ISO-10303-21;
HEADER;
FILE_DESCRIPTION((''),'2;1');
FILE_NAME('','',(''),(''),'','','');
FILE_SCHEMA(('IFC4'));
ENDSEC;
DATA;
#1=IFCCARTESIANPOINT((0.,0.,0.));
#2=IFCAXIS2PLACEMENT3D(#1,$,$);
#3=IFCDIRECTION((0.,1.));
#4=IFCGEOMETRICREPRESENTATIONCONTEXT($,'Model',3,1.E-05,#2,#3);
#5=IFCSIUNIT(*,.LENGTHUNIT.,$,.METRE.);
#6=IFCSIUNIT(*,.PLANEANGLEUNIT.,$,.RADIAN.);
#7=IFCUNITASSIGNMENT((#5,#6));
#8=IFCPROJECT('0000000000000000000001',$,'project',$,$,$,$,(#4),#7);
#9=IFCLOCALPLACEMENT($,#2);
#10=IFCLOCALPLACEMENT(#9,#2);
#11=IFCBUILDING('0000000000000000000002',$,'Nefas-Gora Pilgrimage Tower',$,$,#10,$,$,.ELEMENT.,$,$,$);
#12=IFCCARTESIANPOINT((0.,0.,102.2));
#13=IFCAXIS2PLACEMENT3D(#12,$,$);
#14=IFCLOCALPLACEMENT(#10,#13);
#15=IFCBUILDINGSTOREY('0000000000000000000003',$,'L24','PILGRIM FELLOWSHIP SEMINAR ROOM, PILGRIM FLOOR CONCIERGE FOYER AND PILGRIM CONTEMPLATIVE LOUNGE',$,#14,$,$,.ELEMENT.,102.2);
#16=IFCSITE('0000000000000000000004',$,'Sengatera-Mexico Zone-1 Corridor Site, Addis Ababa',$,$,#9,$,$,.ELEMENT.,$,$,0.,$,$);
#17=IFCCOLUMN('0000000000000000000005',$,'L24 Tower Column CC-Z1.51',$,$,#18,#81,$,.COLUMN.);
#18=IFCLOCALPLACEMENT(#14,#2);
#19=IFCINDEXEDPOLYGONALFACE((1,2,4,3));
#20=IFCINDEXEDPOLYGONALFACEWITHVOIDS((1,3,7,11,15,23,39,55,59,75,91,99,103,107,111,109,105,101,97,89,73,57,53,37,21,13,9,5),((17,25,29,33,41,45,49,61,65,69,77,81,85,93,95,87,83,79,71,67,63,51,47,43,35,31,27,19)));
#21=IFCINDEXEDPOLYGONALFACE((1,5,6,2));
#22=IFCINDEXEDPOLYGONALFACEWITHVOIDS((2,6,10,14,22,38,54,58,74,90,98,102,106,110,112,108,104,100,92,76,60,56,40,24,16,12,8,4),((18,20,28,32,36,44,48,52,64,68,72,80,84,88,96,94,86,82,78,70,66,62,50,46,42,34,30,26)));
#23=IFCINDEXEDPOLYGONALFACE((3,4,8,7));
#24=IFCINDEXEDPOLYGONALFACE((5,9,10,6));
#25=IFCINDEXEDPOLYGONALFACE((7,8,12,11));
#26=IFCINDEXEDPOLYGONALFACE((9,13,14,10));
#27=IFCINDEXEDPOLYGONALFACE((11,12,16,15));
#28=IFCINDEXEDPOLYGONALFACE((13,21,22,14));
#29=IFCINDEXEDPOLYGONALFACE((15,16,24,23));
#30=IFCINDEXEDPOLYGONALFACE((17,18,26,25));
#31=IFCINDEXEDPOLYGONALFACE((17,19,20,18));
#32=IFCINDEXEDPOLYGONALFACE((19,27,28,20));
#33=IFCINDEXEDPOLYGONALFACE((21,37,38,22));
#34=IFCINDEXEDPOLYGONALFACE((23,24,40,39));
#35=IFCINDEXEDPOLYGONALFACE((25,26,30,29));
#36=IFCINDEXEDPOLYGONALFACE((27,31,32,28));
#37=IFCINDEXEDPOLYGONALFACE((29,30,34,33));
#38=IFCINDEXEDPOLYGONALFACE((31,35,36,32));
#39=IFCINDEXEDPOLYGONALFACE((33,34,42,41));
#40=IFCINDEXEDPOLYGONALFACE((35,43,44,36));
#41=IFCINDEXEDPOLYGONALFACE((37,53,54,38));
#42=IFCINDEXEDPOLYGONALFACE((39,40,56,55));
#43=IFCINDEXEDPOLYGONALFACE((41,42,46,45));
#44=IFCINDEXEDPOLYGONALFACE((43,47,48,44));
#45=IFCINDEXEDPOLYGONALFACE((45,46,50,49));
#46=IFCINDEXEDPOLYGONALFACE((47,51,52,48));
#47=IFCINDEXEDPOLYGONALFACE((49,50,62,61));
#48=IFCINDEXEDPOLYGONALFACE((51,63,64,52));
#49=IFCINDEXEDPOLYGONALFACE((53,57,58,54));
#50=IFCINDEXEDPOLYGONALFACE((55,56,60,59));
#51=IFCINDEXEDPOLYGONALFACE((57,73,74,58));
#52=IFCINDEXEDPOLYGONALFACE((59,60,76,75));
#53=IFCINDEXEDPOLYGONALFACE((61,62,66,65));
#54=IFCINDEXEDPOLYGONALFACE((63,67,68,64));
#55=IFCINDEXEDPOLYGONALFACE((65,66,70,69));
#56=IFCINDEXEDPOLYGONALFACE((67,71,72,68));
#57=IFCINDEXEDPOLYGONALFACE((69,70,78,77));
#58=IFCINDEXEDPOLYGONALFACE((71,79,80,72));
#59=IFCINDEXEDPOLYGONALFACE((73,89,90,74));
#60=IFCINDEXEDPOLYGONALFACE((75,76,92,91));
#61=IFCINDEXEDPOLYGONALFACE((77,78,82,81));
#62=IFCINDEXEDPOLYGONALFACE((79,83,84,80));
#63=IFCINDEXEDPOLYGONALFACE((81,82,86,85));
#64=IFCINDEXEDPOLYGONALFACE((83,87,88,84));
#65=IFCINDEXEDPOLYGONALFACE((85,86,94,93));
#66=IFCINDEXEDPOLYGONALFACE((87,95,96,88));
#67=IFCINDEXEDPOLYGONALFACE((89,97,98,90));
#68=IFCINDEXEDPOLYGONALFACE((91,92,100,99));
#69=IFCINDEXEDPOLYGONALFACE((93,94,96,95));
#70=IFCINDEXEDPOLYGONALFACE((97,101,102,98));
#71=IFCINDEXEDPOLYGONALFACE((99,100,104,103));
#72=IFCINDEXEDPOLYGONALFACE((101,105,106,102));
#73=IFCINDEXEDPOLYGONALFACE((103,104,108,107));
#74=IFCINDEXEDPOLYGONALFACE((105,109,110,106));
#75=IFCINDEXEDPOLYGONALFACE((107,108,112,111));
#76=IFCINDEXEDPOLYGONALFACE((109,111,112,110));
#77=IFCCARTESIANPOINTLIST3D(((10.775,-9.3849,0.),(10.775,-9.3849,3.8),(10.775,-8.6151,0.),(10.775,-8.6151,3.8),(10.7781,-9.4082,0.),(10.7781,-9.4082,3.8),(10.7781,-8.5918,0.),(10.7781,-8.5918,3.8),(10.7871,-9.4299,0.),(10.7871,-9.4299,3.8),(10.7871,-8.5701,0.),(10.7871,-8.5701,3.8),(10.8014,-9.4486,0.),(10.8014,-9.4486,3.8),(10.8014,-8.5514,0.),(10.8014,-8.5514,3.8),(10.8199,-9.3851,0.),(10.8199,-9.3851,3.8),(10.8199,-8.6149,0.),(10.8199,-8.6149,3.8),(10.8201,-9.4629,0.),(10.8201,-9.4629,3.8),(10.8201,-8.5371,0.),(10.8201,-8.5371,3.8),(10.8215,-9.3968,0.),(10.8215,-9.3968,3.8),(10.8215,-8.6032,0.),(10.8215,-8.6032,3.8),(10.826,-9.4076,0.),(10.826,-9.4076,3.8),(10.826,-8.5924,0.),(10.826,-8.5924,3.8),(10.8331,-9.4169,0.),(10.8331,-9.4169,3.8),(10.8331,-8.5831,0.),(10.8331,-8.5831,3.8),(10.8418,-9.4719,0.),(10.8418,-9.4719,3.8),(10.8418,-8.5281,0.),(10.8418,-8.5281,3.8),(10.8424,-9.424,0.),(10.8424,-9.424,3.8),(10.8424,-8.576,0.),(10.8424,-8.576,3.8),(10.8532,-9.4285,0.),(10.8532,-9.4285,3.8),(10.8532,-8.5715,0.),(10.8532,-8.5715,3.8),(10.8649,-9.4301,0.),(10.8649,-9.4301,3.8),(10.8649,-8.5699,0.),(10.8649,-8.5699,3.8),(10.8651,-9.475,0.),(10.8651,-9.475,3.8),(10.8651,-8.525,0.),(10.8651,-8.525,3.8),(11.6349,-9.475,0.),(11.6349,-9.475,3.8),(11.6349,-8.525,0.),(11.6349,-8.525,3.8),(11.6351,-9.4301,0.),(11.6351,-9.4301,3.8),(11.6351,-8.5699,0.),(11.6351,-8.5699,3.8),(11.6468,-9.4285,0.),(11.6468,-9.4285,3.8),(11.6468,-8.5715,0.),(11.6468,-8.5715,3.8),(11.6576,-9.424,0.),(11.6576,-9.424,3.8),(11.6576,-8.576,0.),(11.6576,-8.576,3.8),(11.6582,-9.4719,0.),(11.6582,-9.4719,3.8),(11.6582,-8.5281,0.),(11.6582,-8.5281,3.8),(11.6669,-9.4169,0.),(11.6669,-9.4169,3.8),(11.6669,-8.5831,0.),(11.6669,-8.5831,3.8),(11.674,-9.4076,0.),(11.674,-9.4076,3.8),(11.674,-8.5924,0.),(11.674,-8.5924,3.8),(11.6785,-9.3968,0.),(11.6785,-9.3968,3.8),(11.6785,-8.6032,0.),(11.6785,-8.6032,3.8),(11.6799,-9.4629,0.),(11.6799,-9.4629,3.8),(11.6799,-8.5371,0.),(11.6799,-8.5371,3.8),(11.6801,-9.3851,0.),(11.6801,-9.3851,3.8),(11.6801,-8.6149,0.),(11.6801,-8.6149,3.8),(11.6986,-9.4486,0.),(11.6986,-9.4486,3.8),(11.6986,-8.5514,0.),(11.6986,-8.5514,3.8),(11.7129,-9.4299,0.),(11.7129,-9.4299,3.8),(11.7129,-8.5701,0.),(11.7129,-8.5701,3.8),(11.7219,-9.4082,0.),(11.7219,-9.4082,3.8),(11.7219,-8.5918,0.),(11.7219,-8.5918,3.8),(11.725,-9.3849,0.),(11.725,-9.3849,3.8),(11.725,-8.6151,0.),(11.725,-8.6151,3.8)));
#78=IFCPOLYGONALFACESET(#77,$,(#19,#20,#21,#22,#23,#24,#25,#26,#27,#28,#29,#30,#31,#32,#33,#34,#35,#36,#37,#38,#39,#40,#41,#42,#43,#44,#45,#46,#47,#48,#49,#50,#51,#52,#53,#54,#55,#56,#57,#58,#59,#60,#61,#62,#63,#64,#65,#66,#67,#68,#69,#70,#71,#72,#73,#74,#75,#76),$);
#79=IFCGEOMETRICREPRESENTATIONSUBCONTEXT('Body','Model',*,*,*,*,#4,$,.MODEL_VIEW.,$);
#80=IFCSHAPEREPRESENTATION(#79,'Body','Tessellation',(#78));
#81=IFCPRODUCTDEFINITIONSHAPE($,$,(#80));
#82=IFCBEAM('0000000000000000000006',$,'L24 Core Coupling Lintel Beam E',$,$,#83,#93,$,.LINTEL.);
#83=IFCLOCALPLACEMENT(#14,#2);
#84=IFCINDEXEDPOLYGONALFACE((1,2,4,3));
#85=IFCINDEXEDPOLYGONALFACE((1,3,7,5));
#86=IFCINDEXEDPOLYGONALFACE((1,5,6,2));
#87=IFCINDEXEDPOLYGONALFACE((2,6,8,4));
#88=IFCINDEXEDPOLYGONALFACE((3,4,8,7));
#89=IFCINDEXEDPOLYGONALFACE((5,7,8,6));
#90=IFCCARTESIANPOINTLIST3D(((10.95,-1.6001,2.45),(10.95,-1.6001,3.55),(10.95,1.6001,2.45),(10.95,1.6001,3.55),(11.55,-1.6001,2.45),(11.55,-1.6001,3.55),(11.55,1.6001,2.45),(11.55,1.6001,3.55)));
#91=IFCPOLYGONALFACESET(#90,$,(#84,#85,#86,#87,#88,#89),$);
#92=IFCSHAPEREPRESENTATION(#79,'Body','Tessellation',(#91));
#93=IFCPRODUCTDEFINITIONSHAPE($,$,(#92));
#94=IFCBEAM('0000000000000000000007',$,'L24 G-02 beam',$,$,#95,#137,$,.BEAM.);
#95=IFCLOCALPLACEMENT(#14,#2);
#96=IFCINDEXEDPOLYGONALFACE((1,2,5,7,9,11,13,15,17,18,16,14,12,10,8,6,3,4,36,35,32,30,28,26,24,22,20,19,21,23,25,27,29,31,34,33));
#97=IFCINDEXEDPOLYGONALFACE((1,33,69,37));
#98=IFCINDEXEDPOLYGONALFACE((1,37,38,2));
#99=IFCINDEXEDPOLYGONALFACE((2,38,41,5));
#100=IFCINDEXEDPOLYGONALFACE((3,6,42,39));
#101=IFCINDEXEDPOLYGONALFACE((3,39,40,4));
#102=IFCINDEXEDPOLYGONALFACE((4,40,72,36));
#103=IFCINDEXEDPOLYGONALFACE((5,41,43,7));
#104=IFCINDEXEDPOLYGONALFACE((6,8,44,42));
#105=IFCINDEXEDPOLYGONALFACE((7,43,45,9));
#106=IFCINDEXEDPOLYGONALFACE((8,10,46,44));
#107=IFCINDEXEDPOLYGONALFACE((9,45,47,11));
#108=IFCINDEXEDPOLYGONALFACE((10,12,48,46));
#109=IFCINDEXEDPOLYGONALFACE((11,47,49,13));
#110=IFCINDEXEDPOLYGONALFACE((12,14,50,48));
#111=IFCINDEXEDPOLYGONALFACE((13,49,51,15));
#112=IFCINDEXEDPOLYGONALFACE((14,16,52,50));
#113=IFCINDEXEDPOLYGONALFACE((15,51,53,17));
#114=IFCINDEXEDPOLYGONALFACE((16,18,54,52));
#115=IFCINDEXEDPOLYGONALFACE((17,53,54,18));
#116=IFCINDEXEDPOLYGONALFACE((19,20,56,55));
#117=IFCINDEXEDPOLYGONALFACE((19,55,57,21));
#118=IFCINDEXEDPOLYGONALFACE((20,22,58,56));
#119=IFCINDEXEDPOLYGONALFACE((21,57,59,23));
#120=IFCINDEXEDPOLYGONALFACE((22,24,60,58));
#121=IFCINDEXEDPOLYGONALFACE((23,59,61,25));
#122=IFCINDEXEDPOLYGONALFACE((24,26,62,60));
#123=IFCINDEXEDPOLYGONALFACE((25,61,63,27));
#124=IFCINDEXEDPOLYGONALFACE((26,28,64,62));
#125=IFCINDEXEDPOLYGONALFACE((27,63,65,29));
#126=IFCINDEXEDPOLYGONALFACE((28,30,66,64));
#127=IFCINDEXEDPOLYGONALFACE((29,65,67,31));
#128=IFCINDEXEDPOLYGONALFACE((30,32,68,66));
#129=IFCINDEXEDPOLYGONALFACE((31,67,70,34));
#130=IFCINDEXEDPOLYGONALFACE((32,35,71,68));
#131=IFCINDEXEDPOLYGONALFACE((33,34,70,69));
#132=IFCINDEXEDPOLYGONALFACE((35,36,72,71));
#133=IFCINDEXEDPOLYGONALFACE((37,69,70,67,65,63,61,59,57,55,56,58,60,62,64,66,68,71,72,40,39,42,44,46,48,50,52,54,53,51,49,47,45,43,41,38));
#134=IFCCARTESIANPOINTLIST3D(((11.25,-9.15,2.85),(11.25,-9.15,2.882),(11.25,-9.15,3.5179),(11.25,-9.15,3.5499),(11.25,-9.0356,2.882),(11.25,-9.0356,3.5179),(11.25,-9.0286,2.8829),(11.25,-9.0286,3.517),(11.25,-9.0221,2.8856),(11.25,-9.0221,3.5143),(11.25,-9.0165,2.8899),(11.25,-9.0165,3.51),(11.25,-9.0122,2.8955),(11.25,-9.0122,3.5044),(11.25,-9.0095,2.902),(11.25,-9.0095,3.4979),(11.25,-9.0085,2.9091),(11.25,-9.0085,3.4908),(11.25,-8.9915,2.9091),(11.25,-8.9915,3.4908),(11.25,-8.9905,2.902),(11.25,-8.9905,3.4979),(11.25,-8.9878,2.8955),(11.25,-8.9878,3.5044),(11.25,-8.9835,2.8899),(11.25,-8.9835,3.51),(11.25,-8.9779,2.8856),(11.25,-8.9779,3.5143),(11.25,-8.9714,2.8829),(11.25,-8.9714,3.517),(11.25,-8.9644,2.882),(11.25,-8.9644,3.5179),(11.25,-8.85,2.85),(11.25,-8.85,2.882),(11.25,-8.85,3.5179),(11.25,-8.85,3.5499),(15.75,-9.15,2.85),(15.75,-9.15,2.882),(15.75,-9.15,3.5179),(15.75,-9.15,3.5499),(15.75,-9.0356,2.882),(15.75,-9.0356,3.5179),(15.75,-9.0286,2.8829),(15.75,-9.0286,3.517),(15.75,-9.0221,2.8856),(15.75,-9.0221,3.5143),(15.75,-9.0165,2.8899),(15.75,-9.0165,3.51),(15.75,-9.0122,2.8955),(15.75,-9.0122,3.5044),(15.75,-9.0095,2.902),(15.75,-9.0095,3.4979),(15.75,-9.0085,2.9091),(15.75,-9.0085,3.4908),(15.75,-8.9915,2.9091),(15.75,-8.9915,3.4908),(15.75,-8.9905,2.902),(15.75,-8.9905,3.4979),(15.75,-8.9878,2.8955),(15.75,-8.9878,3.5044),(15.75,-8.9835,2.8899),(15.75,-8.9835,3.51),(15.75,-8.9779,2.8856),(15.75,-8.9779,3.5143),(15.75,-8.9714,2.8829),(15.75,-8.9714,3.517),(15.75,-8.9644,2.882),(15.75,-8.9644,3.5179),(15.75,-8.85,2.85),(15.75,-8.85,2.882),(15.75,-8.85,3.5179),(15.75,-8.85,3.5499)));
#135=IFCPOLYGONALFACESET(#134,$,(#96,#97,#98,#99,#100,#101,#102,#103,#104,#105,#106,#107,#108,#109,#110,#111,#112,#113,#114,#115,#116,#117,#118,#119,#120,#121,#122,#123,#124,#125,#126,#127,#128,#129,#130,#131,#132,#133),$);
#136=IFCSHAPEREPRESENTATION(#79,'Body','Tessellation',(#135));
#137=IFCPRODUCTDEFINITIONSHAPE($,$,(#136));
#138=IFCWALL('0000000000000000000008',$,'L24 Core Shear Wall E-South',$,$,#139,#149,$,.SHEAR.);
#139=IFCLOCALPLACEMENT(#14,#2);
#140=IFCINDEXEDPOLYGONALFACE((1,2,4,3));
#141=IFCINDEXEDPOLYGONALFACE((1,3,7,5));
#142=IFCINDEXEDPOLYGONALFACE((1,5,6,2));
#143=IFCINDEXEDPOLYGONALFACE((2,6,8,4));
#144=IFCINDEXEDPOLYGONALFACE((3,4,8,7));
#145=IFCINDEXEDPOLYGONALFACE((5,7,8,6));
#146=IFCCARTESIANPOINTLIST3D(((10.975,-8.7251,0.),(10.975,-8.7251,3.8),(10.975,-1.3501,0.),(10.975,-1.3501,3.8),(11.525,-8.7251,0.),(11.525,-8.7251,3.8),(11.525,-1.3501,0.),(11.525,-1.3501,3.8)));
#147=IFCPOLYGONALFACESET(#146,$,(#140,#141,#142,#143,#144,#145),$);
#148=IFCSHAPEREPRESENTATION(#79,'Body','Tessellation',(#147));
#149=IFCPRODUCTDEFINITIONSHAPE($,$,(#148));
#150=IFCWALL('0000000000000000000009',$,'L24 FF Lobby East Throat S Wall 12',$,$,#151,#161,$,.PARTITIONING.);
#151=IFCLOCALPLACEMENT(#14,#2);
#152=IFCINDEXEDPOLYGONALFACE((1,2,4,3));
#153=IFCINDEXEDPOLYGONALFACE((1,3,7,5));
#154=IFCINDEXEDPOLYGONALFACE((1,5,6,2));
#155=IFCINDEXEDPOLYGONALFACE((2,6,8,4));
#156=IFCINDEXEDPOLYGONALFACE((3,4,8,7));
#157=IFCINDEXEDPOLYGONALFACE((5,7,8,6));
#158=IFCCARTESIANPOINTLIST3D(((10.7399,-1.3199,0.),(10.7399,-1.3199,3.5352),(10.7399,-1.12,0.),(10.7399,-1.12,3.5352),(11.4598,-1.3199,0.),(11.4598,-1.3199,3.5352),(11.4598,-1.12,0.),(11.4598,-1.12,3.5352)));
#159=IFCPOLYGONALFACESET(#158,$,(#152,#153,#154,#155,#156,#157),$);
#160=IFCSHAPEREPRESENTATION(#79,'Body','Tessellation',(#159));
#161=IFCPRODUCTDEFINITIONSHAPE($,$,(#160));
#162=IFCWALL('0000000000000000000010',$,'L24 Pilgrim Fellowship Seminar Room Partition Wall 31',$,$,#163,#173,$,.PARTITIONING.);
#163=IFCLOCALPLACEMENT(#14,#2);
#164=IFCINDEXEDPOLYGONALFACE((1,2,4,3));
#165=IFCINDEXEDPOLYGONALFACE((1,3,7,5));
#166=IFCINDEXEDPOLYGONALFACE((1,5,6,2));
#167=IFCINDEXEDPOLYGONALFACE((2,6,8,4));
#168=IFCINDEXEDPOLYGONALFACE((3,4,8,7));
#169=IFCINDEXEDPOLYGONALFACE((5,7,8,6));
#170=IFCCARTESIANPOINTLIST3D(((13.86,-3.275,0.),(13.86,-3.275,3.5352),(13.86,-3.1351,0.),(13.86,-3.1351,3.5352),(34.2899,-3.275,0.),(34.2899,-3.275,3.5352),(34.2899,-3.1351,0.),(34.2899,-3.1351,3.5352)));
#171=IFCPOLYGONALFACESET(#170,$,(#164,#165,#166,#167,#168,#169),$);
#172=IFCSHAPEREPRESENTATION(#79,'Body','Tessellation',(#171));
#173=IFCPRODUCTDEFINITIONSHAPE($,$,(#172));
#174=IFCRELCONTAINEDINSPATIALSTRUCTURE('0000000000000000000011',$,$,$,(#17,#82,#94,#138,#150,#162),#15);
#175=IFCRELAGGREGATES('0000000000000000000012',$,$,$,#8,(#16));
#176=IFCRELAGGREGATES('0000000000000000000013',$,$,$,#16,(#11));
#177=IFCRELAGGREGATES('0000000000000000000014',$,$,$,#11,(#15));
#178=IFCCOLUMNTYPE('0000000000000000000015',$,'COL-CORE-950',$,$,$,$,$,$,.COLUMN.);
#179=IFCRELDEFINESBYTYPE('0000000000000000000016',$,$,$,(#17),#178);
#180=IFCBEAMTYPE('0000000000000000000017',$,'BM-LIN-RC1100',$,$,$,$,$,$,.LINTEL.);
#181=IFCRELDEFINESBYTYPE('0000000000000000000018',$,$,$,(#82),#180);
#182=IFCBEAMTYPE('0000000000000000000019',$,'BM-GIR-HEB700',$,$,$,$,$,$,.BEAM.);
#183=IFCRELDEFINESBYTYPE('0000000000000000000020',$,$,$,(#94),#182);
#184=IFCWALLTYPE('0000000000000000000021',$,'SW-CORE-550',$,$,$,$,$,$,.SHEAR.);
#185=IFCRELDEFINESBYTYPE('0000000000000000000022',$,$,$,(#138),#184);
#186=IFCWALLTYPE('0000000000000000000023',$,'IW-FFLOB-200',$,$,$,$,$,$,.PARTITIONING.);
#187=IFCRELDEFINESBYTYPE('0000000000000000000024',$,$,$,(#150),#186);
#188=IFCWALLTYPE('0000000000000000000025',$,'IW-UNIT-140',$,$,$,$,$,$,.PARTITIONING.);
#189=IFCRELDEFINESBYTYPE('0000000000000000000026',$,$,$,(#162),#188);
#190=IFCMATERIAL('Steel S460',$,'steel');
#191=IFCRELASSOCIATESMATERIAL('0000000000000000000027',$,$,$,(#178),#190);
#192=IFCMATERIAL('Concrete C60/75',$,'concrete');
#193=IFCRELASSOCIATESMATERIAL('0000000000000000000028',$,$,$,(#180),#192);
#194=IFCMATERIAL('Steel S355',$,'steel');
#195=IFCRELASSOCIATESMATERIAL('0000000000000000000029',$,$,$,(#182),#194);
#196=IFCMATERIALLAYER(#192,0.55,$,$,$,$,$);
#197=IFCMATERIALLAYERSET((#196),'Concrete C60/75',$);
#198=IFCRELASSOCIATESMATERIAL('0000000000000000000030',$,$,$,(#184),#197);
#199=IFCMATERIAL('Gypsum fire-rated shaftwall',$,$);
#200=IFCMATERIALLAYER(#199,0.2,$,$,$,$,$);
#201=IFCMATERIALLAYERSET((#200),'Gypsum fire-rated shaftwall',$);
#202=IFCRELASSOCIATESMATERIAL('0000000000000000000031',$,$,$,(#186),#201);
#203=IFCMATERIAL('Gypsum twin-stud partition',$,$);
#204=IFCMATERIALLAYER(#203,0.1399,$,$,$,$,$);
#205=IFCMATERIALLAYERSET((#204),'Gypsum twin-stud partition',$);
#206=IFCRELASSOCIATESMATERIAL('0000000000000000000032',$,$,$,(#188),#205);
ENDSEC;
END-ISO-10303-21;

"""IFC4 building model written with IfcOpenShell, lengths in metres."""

from ifc_helpers import new_model, si_unit, direction, frame, frame_2d, origin, origin_2d, place, context, subcontext, project, spatial, rectangle, hollow_rectangle, i_section, extrude, source, transform, mapped, material, layer, layer_set, material_profile, profile_set, type_object, element, save


model = new_model("IFC4")

# Units and contexts
model_context = context("Model", 3, precision=1e-05, world=origin(), true_north=direction((0.0, 1.0)))
body_context = subcontext(model_context, "Body", "Model", "MODEL_VIEW")
ifc_project = project(units=[si_unit("LENGTHUNIT", "METRE"), si_unit("PLANEANGLEUNIT", "RADIAN")], contexts=[model_context])

# Site, building, storey
site_placement = place(None, origin())
site = spatial("IfcSite", under=ifc_project, at=site_placement, Name="Sengatera-Mexico Zone-1 Corridor Site, Addis Ababa", CompositionType="ELEMENT", RefElevation=0.0)
building_placement = place(site_placement, origin())
building = spatial("IfcBuilding", under=site, at=building_placement, Name="Nefas-Gora Pilgrimage Tower", CompositionType="ELEMENT")
storey_placement = place(building_placement, frame((0.0, 0.0, 102.2)))
storey = spatial("IfcBuildingStorey", under=building, at=storey_placement, Name="L24", Description="PILGRIM FELLOWSHIP SEMINAR ROOM, PILGRIM FLOOR CONCIERGE FOYER AND PILGRIM CONTEMPLATIVE LOUNGE", CompositionType="ELEMENT", Elevation=102.2)

# Column
ifc_material_1 = material(Name="Steel S460", Category="steel")
ifc_material_profile_1 = material_profile(ifc_material_1, hollow_rectangle(XDim=0.95, YDim=0.95, WallThickness=0.0449, InnerFilletRadius=0.0449, OuterFilletRadius=0.0901, at=origin_2d()), Name="BOX 950x950x45")
ifc_profile_set_1 = profile_set([ifc_material_profile_1], Name="Steel S460")
column_type = type_object("IfcColumnType", Name="COL-CORE-950", PredefinedType="COLUMN", material=ifc_profile_set_1)
shared_shape_1 = source(origin(), body_context, "Body", "SweptSolid", [
    extrude(hollow_rectangle(XDim=0.95, YDim=0.95, WallThickness=0.0449, InnerFilletRadius=0.0449, OuterFilletRadius=0.0901, at=origin_2d()), origin(), (0.0, 0.0, 1.0), 3.8),
])
column_placement = place(storey_placement, frame((11.25, -9.0, 0.0), z_axis=(0.0, 0.0, 1.0), x_axis=(1.0, 0.0, 0.0)))
element("IfcColumn", 1, at=column_placement, inside=storey, type_object=column_type, Name="L24 Tower Column CC-Z1.51", PredefinedType="COLUMN", context=body_context, shape_type="MappedRepresentation", body=[
    mapped(shared_shape_1, transform((0.0, 0.0, 0.0), x_axis=(1.0, 0.0, 0.0), y_axis=(0.0, 1.0, 0.0), z_axis=(0.0, 0.0, 1.0), scale=1.0)),
])

# Beams
ifc_material_2 = material(Name="Concrete C60/75", Category="concrete")
ifc_material_profile_2 = material_profile(ifc_material_2, rectangle(XDim=0.6001, YDim=1.1001, at=origin_2d()), Name="RC 600x1100")
ifc_profile_set_2 = profile_set([ifc_material_profile_2], Name="Concrete C60/75")
beam_type_1 = type_object("IfcBeamType", Name="BM-LIN-RC1100", PredefinedType="LINTEL", material=ifc_profile_set_2)
shared_shape_2 = source(origin(), body_context, "Body", "SweptSolid", [
    extrude(rectangle(XDim=0.6001, YDim=1.1001, at=origin_2d()), origin(), (0.0, 0.0, 1.0), 3.2002),
])
beam_1_placement = place(storey_placement, frame((11.25, -1.6001, 3.0), z_axis=(0.0, 1.0, 0.0), x_axis=(-1.0, 0.0, 0.0)))
element("IfcBeam", 2, at=beam_1_placement, inside=storey, type_object=beam_type_1, Name="L24 Core Coupling Lintel Beam E", PredefinedType="LINTEL", context=body_context, shape_type="MappedRepresentation", body=[
    mapped(shared_shape_2, transform((0.0, 0.0, 0.0), x_axis=(1.0, 0.0, 0.0), y_axis=(0.0, 1.0, 0.0), z_axis=(0.0, 0.0, 1.0), scale=1.0)),
])
ifc_material_3 = material(Name="Steel S355", Category="steel")
ifc_material_profile_3 = material_profile(ifc_material_3, i_section(OverallWidth=0.3, OverallDepth=0.7, WebThickness=0.0171, FlangeThickness=0.032, FilletRadius=0.0271, at=origin_2d()), Name="HEB 700")
ifc_profile_set_3 = profile_set([ifc_material_profile_3], Name="Steel S355")
beam_type_2 = type_object("IfcBeamType", Name="BM-GIR-HEB700", PredefinedType="BEAM", material=ifc_profile_set_3)
shared_shape_3 = source(origin(), body_context, "Body", "SweptSolid", [
    extrude(i_section(OverallWidth=0.3, OverallDepth=0.7, WebThickness=0.0171, FlangeThickness=0.032, FilletRadius=0.0271, at=origin_2d()), origin(), (0.0, 0.0, 1.0), 4.5),
])
beam_2_placement = place(storey_placement, frame((11.25, -9.0, 3.2), z_axis=(1.0, 0.0, 0.0), x_axis=(0.0, 1.0, 0.0)))
element("IfcBeam", 3, at=beam_2_placement, inside=storey, type_object=beam_type_2, Name="L24 G-02 beam", PredefinedType="BEAM", context=body_context, shape_type="MappedRepresentation", body=[
    mapped(shared_shape_3, transform((0.0, 0.0, 0.0), x_axis=(1.0, 0.0, 0.0), y_axis=(0.0, 1.0, 0.0), z_axis=(0.0, 0.0, 1.0), scale=1.0)),
])

# Wall
ifc_layer_1 = layer(ifc_material_2, 0.55)
ifc_layer_set_1 = layer_set([ifc_layer_1], Name="Concrete C60/75")
wall_type_1 = type_object("IfcWallType", Name="SW-CORE-550", PredefinedType="SHEAR", material=ifc_layer_set_1)
shared_shape_4 = source(origin(), body_context, "Body", "SweptSolid", [
    extrude(rectangle(XDim=7.375, YDim=0.55, at=frame_2d((3.6875, 0.0))), origin(), (0.0, 0.0, 1.0), 3.8),
])
wall_1_placement = place(storey_placement, frame((11.25, -8.7251, 0.0), z_axis=(0.0, 0.0, 1.0), x_axis=(0.0, 1.0, 0.0)))
element("IfcWall", 4, at=wall_1_placement, inside=storey, type_object=wall_type_1, Name="L24 Core Shear Wall E-South", PredefinedType="SHEAR", context=body_context, shape_type="MappedRepresentation", body=[
    mapped(shared_shape_4, transform((0.0, 0.0, 0.0), x_axis=(1.0, 0.0, 0.0), y_axis=(0.0, 1.0, 0.0), z_axis=(0.0, 0.0, 1.0), scale=1.0)),
])

# Shared definitions
ifc_material_4 = material(Name="Gypsum fire-rated shaftwall")
ifc_layer_2 = layer(ifc_material_4, 0.2)
ifc_layer_set_2 = layer_set([ifc_layer_2], Name="Gypsum fire-rated shaftwall")
wall_type_2 = type_object("IfcWallType", Name="IW-FFLOB-200", PredefinedType="PARTITIONING", material=ifc_layer_set_2)

# Walls
shared_shape_5 = source(origin(), body_context, "Body", "SweptSolid", [
    extrude(rectangle(XDim=0.72, YDim=0.2, at=frame_2d((0.3599, 0.0))), origin(), (0.0, 0.0, 1.0), 3.5352),
])
wall_2_placement = place(storey_placement, frame((10.74, -1.22, 0.0), z_axis=(0.0, 0.0, 1.0), x_axis=(1.0, 0.0, 0.0)))
element("IfcWall", 5, at=wall_2_placement, inside=storey, type_object=wall_type_2, Name="L24 FF Lobby East Throat S Wall 12", PredefinedType="PARTITIONING", context=body_context, shape_type="MappedRepresentation", body=[
    mapped(shared_shape_5, transform((0.0, 0.0, 0.0), x_axis=(1.0, 0.0, 0.0), y_axis=(0.0, 1.0, 0.0), z_axis=(0.0, 0.0, 1.0), scale=1.0)),
])
ifc_material_5 = material(Name="Gypsum twin-stud partition")
ifc_layer_3 = layer(ifc_material_5, 0.1399)
ifc_layer_set_3 = layer_set([ifc_layer_3], Name="Gypsum twin-stud partition")
wall_type_3 = type_object("IfcWallType", Name="IW-UNIT-140", PredefinedType="PARTITIONING", material=ifc_layer_set_3)
shared_shape_6 = source(origin(), body_context, "Body", "SweptSolid", [
    extrude(rectangle(XDim=20.4299, YDim=0.1399, at=frame_2d((10.2148, 0.0))), origin(), (0.0, 0.0, 1.0), 3.5352),
])
wall_3_placement = place(storey_placement, frame((13.8601, -3.2051, 0.0), z_axis=(0.0, 0.0, 1.0), x_axis=(1.0, 0.0, 0.0)))
element("IfcWall", 6, at=wall_3_placement, inside=storey, type_object=wall_type_3, Name="L24 Pilgrim Fellowship Seminar Room Partition Wall 31", PredefinedType="PARTITIONING", context=body_context, shape_type="MappedRepresentation", body=[
    mapped(shared_shape_6, transform((0.0, 0.0, 0.0), x_axis=(1.0, 0.0, 0.0), y_axis=(0.0, 1.0, 0.0), z_axis=(0.0, 0.0, 1.0), scale=1.0)),
])

save(model, "model.ifc")
